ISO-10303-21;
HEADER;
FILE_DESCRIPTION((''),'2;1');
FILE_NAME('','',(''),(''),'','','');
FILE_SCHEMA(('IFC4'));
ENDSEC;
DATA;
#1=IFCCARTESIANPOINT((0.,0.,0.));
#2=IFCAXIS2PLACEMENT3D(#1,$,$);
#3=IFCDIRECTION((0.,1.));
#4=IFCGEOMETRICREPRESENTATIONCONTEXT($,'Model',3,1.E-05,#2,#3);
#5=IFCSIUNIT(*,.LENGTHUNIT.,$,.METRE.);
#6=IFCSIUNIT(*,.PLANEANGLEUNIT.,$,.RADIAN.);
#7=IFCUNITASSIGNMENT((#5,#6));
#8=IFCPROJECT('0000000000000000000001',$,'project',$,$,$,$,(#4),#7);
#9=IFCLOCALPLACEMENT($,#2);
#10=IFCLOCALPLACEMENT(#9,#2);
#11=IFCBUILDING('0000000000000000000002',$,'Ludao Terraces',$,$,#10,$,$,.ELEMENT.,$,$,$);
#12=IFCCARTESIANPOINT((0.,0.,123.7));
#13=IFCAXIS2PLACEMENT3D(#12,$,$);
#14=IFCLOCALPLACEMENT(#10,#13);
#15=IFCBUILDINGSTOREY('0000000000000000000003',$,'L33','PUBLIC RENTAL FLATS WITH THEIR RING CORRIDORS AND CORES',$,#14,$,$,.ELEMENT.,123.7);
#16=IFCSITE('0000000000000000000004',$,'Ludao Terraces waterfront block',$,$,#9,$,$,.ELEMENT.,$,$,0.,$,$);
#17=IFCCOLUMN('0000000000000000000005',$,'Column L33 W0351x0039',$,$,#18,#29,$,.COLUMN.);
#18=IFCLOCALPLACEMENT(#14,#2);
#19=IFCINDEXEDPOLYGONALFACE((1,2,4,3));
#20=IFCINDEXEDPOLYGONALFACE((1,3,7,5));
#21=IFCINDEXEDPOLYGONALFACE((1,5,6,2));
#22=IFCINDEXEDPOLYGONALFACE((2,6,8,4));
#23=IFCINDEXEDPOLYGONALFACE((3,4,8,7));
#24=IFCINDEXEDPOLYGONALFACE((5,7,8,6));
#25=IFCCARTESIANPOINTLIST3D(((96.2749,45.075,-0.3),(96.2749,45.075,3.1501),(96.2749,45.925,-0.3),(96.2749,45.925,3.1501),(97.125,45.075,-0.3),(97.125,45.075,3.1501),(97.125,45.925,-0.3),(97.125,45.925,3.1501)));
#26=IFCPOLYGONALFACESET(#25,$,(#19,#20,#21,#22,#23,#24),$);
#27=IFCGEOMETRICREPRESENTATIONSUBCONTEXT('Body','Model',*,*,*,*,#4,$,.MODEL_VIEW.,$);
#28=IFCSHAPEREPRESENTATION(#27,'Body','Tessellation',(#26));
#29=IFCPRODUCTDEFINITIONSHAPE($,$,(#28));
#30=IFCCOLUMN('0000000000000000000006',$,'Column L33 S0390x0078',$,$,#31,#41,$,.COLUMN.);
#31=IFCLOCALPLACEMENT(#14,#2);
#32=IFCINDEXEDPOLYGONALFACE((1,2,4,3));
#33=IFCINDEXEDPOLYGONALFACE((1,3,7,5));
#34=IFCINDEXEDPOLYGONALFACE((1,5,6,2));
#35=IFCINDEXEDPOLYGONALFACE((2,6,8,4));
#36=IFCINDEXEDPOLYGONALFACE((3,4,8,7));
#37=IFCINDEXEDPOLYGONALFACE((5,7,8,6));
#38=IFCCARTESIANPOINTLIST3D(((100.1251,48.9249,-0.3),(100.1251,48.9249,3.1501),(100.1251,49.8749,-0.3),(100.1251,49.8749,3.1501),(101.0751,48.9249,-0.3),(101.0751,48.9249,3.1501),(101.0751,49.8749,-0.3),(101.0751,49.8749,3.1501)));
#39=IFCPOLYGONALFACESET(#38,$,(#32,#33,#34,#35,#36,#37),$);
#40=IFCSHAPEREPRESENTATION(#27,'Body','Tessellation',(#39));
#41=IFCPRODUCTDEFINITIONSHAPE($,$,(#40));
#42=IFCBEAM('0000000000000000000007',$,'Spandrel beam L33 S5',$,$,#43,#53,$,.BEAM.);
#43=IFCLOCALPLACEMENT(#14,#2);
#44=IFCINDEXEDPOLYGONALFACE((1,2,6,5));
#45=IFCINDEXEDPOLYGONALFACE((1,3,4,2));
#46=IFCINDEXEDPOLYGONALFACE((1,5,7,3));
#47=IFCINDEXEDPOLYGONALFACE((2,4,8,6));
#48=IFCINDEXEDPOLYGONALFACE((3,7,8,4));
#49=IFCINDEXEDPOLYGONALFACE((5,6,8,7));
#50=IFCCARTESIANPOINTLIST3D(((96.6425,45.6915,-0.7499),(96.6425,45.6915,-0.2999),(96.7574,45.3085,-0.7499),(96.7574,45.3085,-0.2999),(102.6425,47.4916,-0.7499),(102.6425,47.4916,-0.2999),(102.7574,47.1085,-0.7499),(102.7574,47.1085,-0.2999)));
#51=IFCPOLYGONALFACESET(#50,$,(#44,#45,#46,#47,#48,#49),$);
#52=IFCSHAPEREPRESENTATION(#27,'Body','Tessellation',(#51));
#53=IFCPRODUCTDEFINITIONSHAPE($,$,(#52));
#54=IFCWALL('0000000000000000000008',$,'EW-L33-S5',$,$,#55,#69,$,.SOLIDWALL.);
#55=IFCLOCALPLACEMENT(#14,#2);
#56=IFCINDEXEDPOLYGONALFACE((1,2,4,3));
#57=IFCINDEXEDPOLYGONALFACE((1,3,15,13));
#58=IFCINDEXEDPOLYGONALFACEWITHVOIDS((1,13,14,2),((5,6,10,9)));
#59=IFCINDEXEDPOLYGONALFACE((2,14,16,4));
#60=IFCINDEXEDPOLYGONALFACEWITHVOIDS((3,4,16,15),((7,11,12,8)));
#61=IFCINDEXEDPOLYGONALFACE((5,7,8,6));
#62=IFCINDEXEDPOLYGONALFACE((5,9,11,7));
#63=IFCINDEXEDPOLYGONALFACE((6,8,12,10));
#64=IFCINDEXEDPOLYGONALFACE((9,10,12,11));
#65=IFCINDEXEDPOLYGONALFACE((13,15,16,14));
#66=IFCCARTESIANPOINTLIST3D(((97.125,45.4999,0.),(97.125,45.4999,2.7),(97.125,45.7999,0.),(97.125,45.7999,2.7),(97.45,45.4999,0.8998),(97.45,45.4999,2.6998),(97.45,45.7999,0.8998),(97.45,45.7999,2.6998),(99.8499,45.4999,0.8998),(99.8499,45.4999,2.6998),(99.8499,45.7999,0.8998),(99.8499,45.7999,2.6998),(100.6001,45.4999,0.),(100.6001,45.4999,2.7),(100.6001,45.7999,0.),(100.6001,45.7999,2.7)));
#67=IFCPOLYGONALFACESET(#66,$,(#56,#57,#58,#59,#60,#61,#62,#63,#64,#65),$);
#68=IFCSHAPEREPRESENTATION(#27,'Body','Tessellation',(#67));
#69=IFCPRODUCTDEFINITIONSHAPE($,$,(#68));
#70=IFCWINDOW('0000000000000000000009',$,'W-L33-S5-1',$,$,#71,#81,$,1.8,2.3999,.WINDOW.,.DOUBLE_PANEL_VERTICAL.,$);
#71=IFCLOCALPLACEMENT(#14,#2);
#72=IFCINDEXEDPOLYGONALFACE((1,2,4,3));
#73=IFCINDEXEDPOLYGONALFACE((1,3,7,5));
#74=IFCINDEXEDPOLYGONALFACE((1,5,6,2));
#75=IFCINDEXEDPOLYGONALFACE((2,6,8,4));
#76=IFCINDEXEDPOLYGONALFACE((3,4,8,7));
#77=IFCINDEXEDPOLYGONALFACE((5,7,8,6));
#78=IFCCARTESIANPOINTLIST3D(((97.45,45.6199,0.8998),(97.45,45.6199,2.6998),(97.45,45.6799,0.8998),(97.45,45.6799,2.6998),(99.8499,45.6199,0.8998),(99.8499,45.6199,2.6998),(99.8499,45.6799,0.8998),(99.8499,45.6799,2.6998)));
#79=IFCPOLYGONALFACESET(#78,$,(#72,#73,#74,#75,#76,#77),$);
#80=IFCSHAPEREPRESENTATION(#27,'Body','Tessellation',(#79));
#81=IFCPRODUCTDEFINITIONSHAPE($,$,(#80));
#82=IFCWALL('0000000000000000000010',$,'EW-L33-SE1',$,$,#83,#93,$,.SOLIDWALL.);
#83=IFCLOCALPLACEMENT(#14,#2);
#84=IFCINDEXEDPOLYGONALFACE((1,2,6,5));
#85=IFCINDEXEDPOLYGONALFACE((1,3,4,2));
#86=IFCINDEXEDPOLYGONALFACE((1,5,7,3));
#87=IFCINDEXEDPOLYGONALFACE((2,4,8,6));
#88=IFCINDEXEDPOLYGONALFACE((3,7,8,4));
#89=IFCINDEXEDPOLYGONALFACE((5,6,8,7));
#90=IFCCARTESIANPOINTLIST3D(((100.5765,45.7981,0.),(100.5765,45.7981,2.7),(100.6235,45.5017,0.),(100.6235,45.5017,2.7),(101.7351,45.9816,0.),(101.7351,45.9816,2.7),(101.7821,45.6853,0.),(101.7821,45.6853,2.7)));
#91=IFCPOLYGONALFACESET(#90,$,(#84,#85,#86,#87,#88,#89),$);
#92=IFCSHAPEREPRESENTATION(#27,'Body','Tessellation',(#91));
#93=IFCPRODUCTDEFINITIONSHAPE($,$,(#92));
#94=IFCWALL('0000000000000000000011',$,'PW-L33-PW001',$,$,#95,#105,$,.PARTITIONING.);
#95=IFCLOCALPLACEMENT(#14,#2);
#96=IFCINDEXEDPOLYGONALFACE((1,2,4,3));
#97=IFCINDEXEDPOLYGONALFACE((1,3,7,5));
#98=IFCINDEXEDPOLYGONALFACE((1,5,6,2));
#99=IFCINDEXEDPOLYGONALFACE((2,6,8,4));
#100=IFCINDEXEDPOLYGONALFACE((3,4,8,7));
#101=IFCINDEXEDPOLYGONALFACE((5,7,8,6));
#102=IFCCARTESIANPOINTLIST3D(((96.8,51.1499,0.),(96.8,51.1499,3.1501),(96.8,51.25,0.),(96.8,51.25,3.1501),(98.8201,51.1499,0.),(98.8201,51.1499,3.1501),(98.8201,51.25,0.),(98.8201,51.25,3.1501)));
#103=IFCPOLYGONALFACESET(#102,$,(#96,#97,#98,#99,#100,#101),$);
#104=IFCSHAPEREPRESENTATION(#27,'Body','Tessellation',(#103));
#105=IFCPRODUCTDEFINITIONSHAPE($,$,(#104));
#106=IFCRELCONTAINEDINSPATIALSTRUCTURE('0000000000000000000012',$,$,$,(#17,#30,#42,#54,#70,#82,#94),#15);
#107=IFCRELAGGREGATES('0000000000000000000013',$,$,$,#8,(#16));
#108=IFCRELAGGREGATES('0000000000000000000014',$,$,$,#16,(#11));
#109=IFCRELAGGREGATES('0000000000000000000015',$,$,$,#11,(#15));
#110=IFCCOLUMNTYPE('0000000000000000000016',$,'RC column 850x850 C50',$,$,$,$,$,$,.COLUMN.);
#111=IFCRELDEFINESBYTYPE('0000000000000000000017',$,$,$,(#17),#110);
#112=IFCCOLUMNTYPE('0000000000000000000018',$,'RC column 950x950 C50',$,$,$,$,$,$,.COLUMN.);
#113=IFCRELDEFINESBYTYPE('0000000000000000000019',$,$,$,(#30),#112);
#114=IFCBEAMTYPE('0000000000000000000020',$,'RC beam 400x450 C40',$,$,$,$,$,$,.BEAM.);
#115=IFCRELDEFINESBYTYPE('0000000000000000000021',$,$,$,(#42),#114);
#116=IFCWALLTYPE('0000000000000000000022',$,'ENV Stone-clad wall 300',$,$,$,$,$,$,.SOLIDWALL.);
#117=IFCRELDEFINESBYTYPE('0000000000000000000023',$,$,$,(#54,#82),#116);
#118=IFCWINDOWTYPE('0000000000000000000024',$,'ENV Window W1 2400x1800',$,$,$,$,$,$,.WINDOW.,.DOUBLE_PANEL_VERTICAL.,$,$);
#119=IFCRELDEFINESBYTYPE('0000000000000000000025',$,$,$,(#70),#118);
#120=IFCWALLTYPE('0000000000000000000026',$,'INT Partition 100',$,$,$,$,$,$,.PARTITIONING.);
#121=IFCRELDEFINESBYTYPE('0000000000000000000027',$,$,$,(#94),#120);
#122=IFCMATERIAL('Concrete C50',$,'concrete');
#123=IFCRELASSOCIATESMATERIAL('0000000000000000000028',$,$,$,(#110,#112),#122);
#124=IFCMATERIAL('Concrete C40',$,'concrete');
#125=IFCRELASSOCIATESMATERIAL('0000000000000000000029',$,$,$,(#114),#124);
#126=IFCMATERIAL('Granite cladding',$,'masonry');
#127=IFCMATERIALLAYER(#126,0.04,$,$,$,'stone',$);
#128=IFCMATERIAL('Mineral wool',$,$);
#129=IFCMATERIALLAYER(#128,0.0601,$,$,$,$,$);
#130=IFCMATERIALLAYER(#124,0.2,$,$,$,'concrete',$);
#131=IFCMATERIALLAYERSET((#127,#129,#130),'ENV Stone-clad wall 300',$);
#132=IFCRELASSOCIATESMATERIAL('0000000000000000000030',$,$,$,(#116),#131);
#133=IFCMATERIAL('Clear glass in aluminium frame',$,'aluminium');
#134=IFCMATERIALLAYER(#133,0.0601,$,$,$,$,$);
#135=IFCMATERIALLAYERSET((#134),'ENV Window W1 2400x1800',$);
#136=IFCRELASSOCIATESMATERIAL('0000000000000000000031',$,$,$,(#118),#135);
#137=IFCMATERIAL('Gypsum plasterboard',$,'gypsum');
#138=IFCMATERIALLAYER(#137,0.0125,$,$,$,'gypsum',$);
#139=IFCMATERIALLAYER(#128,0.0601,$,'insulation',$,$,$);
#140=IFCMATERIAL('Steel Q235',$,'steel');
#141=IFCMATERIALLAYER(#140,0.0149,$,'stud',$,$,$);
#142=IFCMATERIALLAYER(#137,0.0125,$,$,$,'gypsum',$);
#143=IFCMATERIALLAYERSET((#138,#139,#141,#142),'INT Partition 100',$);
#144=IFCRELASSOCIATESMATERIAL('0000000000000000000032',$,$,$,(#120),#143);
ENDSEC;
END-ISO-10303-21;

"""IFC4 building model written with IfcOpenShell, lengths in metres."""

from ifc_helpers import new_model, si_unit, direction, frame, frame_2d, origin, origin_2d, place, context, subcontext, project, spatial, rectangle, extrude, material, layer, layer_set, material_profile, profile_set, type_object, element, fill, save


model = new_model("IFC4")

# Units and contexts
model_context = context("Model", 3, precision=1e-05, world=origin(), true_north=direction((0.0, 1.0)))
body_context = subcontext(model_context, "Body", "Model", "MODEL_VIEW")
ifc_project = project(units=[si_unit("LENGTHUNIT", "METRE"), si_unit("PLANEANGLEUNIT", "RADIAN")], contexts=[model_context])

# Site, building, storey
site_placement = place(None, origin())
site = spatial("IfcSite", under=ifc_project, at=site_placement, Name="Ludao Terraces waterfront block", CompositionType="ELEMENT", RefElevation=0.0)
building_placement = place(site_placement, origin())
building = spatial("IfcBuilding", under=site, at=building_placement, Name="Ludao Terraces", CompositionType="ELEMENT")
storey_placement = place(building_placement, frame((0.0, 0.0, 123.7)))
storey = spatial("IfcBuildingStorey", under=building, at=storey_placement, Name="L33", Description="PUBLIC RENTAL FLATS WITH THEIR RING CORRIDORS AND CORES", CompositionType="ELEMENT", Elevation=123.7)

# Columns
ifc_material_1 = material(Name="Concrete C50", Category="concrete")
ifc_material_profile_1 = material_profile(ifc_material_1, rectangle(XDim=0.8501, YDim=0.8501, at=origin_2d()), Name="850 X 850")
ifc_profile_set_1 = profile_set([ifc_material_profile_1], Name="Concrete C50")
column_type_1 = type_object("IfcColumnType", Name="RC column 850x850 C50", PredefinedType="COLUMN", material=ifc_profile_set_1)
column_1_placement = place(storey_placement, frame((96.7, 45.5, -0.3), z_axis=(0.0, 0.0, 1.0), x_axis=(1.0, 0.0, 0.0)))
element("IfcColumn", 1, at=column_1_placement, inside=storey, type_object=column_type_1, Name="Column L33 W0351x0039", PredefinedType="COLUMN", context=body_context, shape_type="SweptSolid", body=[
    extrude(rectangle(XDim=0.8501, YDim=0.8501, at=origin_2d()), origin(), (0.0, 0.0, 1.0), 3.4502),
])
ifc_material_profile_2 = material_profile(ifc_material_1, rectangle(XDim=0.95, YDim=0.95, at=origin_2d()), Name="950 X 950")
ifc_profile_set_2 = profile_set([ifc_material_profile_2], Name="Concrete C50")
column_type_2 = type_object("IfcColumnType", Name="RC column 950x950 C50", PredefinedType="COLUMN", material=ifc_profile_set_2)
column_2_placement = place(storey_placement, frame((100.6001, 49.3999, -0.3), z_axis=(0.0, 0.0, 1.0), x_axis=(1.0, 0.0, 0.0)))
element("IfcColumn", 2, at=column_2_placement, inside=storey, type_object=column_type_2, Name="Column L33 S0390x0078", PredefinedType="COLUMN", context=body_context, shape_type="SweptSolid", body=[
    extrude(rectangle(XDim=0.95, YDim=0.95, at=origin_2d()), origin(), (0.0, 0.0, 1.0), 3.4502),
])

# Beam
ifc_material_2 = material(Name="Concrete C40", Category="concrete")
ifc_material_profile_3 = material_profile(ifc_material_2, rectangle(XDim=0.3999, YDim=0.45, at=origin_2d()), Name="400 X 450")
ifc_profile_set_3 = profile_set([ifc_material_profile_3], Name="Concrete C40")
beam_type = type_object("IfcBeamType", Name="RC beam 400x450 C40", PredefinedType="BEAM", material=ifc_profile_set_3)
beam_placement = place(storey_placement, frame((96.7, 45.5, -0.5249), z_axis=(0.957824, 0.287355, 0.0), x_axis=(-0.287355, 0.957824, 0.0)))
element("IfcBeam", 3, at=beam_placement, inside=storey, type_object=beam_type, Name="Spandrel beam L33 S5", PredefinedType="BEAM", context=body_context, shape_type="SweptSolid", body=[
    extrude(rectangle(XDim=0.3999, YDim=0.45, at=origin_2d()), origin(), (0.0, 0.0, 1.0), 6.2642),
])

# Wall, opening, window
ifc_material_3 = material(Name="Granite cladding", Category="masonry")
ifc_layer_1 = layer(ifc_material_3, 0.04, Category="stone")
ifc_material_4 = material(Name="Mineral wool")
ifc_layer_2 = layer(ifc_material_4, 0.0601)
ifc_layer_3 = layer(ifc_material_2, 0.2, Category="concrete")
ifc_layer_set_1 = layer_set([ifc_layer_1, ifc_layer_2, ifc_layer_3], Name="ENV Stone-clad wall 300")
wall_type_1 = type_object("IfcWallType", Name="ENV Stone-clad wall 300", PredefinedType="SOLIDWALL", material=ifc_layer_set_1)
wall_1_placement = place(storey_placement, frame((97.125, 45.6499, 0.0), z_axis=(0.0, 0.0, 1.0), x_axis=(1.0, 0.0, 0.0)))
wall_1 = element("IfcWall", 4, at=wall_1_placement, inside=storey, type_object=wall_type_1, Name="EW-L33-S5", PredefinedType="SOLIDWALL", context=body_context, shape_type="SweptSolid", body=[
    extrude(rectangle(XDim=3.4751, YDim=0.3, at=frame_2d((1.7375, 0.0))), origin(), (0.0, 0.0, 1.0), 2.7),
])
opening_1_placement = place(wall_1_placement, frame((0.325, 0.0, 0.8999)))
opening_1 = element("IfcOpeningElement", 5, at=opening_1_placement, cuts=wall_1, PredefinedType="OPENING", context=body_context, shape_type="SweptSolid", body=[
    extrude(rectangle(XDim=2.3999, YDim=1.8, at=frame_2d((1.2, 0.8999))), frame((0.0, 0.1602, 0.0), z_axis=(0.0, -1.0, 0.0), x_axis=(1.0, 0.0, 0.0)), (0.0, 0.0, 1.0), 0.3201),
])
ifc_material_5 = material(Name="Clear glass in aluminium frame", Category="aluminium")
ifc_layer_4 = layer(ifc_material_5, 0.0601)
ifc_layer_set_2 = layer_set([ifc_layer_4], Name="ENV Window W1 2400x1800")
window_type = type_object("IfcWindowType", Name="ENV Window W1 2400x1800", PartitioningType="DOUBLE_PANEL_VERTICAL", PredefinedType="WINDOW", material=ifc_layer_set_2)
window_placement = place(opening_1_placement, origin())
window = element("IfcWindow", 6, at=window_placement, inside=storey, type_object=window_type, Name="W-L33-S5-1", OverallHeight=1.8, OverallWidth=2.3999, PartitioningType="DOUBLE_PANEL_VERTICAL", PredefinedType="WINDOW", context=body_context, shape_type="SweptSolid", body=[
    extrude(rectangle(XDim=2.3999, YDim=1.8, at=frame_2d((1.2, 0.8999))), frame((0.0, 0.03, 0.0), z_axis=(0.0, -1.0, 0.0), x_axis=(1.0, 0.0, 0.0)), (0.0, 0.0, 1.0), 0.0601),
])
fill(opening_1, window)

# Walls
wall_2_placement = place(storey_placement, frame((100.6001, 45.6499, 0.0), z_axis=(0.0, 0.0, 1.0), x_axis=(0.987678, 0.156497, 0.0)))
element("IfcWall", 7, at=wall_2_placement, inside=storey, type_object=wall_type_1, Name="EW-L33-SE1", PredefinedType="SOLIDWALL", context=body_context, shape_type="SweptSolid", body=[
    extrude(rectangle(XDim=1.1731, YDim=0.3, at=frame_2d((0.5864, 0.0))), origin(), (0.0, 0.0, 1.0), 2.7),
])
ifc_material_6 = material(Name="Gypsum plasterboard", Category="gypsum")
ifc_layer_5 = layer(ifc_material_6, 0.0125, Category="gypsum")
ifc_layer_6 = layer(ifc_material_4, 0.0601, Name="insulation")
ifc_material_7 = material(Name="Steel Q235", Category="steel")
ifc_layer_7 = layer(ifc_material_7, 0.0149, Name="stud")
ifc_layer_8 = layer(ifc_material_6, 0.0125, Category="gypsum")
ifc_layer_set_3 = layer_set([ifc_layer_5, ifc_layer_6, ifc_layer_7, ifc_layer_8], Name="INT Partition 100")
wall_type_2 = type_object("IfcWallType", Name="INT Partition 100", PredefinedType="PARTITIONING", material=ifc_layer_set_3)
wall_3_placement = place(storey_placement, frame((96.8, 51.2, 0.0), z_axis=(0.0, 0.0, 1.0), x_axis=(1.0, 0.0, 0.0)))
element("IfcWall", 8, at=wall_3_placement, inside=storey, type_object=wall_type_2, Name="PW-L33-PW001", PredefinedType="PARTITIONING", context=body_context, shape_type="SweptSolid", body=[
    extrude(rectangle(XDim=2.02, YDim=0.1001, at=frame_2d((1.01, 0.0))), origin(), (0.0, 0.0, 1.0), 3.1501),
])

save(model, "model.ifc")
